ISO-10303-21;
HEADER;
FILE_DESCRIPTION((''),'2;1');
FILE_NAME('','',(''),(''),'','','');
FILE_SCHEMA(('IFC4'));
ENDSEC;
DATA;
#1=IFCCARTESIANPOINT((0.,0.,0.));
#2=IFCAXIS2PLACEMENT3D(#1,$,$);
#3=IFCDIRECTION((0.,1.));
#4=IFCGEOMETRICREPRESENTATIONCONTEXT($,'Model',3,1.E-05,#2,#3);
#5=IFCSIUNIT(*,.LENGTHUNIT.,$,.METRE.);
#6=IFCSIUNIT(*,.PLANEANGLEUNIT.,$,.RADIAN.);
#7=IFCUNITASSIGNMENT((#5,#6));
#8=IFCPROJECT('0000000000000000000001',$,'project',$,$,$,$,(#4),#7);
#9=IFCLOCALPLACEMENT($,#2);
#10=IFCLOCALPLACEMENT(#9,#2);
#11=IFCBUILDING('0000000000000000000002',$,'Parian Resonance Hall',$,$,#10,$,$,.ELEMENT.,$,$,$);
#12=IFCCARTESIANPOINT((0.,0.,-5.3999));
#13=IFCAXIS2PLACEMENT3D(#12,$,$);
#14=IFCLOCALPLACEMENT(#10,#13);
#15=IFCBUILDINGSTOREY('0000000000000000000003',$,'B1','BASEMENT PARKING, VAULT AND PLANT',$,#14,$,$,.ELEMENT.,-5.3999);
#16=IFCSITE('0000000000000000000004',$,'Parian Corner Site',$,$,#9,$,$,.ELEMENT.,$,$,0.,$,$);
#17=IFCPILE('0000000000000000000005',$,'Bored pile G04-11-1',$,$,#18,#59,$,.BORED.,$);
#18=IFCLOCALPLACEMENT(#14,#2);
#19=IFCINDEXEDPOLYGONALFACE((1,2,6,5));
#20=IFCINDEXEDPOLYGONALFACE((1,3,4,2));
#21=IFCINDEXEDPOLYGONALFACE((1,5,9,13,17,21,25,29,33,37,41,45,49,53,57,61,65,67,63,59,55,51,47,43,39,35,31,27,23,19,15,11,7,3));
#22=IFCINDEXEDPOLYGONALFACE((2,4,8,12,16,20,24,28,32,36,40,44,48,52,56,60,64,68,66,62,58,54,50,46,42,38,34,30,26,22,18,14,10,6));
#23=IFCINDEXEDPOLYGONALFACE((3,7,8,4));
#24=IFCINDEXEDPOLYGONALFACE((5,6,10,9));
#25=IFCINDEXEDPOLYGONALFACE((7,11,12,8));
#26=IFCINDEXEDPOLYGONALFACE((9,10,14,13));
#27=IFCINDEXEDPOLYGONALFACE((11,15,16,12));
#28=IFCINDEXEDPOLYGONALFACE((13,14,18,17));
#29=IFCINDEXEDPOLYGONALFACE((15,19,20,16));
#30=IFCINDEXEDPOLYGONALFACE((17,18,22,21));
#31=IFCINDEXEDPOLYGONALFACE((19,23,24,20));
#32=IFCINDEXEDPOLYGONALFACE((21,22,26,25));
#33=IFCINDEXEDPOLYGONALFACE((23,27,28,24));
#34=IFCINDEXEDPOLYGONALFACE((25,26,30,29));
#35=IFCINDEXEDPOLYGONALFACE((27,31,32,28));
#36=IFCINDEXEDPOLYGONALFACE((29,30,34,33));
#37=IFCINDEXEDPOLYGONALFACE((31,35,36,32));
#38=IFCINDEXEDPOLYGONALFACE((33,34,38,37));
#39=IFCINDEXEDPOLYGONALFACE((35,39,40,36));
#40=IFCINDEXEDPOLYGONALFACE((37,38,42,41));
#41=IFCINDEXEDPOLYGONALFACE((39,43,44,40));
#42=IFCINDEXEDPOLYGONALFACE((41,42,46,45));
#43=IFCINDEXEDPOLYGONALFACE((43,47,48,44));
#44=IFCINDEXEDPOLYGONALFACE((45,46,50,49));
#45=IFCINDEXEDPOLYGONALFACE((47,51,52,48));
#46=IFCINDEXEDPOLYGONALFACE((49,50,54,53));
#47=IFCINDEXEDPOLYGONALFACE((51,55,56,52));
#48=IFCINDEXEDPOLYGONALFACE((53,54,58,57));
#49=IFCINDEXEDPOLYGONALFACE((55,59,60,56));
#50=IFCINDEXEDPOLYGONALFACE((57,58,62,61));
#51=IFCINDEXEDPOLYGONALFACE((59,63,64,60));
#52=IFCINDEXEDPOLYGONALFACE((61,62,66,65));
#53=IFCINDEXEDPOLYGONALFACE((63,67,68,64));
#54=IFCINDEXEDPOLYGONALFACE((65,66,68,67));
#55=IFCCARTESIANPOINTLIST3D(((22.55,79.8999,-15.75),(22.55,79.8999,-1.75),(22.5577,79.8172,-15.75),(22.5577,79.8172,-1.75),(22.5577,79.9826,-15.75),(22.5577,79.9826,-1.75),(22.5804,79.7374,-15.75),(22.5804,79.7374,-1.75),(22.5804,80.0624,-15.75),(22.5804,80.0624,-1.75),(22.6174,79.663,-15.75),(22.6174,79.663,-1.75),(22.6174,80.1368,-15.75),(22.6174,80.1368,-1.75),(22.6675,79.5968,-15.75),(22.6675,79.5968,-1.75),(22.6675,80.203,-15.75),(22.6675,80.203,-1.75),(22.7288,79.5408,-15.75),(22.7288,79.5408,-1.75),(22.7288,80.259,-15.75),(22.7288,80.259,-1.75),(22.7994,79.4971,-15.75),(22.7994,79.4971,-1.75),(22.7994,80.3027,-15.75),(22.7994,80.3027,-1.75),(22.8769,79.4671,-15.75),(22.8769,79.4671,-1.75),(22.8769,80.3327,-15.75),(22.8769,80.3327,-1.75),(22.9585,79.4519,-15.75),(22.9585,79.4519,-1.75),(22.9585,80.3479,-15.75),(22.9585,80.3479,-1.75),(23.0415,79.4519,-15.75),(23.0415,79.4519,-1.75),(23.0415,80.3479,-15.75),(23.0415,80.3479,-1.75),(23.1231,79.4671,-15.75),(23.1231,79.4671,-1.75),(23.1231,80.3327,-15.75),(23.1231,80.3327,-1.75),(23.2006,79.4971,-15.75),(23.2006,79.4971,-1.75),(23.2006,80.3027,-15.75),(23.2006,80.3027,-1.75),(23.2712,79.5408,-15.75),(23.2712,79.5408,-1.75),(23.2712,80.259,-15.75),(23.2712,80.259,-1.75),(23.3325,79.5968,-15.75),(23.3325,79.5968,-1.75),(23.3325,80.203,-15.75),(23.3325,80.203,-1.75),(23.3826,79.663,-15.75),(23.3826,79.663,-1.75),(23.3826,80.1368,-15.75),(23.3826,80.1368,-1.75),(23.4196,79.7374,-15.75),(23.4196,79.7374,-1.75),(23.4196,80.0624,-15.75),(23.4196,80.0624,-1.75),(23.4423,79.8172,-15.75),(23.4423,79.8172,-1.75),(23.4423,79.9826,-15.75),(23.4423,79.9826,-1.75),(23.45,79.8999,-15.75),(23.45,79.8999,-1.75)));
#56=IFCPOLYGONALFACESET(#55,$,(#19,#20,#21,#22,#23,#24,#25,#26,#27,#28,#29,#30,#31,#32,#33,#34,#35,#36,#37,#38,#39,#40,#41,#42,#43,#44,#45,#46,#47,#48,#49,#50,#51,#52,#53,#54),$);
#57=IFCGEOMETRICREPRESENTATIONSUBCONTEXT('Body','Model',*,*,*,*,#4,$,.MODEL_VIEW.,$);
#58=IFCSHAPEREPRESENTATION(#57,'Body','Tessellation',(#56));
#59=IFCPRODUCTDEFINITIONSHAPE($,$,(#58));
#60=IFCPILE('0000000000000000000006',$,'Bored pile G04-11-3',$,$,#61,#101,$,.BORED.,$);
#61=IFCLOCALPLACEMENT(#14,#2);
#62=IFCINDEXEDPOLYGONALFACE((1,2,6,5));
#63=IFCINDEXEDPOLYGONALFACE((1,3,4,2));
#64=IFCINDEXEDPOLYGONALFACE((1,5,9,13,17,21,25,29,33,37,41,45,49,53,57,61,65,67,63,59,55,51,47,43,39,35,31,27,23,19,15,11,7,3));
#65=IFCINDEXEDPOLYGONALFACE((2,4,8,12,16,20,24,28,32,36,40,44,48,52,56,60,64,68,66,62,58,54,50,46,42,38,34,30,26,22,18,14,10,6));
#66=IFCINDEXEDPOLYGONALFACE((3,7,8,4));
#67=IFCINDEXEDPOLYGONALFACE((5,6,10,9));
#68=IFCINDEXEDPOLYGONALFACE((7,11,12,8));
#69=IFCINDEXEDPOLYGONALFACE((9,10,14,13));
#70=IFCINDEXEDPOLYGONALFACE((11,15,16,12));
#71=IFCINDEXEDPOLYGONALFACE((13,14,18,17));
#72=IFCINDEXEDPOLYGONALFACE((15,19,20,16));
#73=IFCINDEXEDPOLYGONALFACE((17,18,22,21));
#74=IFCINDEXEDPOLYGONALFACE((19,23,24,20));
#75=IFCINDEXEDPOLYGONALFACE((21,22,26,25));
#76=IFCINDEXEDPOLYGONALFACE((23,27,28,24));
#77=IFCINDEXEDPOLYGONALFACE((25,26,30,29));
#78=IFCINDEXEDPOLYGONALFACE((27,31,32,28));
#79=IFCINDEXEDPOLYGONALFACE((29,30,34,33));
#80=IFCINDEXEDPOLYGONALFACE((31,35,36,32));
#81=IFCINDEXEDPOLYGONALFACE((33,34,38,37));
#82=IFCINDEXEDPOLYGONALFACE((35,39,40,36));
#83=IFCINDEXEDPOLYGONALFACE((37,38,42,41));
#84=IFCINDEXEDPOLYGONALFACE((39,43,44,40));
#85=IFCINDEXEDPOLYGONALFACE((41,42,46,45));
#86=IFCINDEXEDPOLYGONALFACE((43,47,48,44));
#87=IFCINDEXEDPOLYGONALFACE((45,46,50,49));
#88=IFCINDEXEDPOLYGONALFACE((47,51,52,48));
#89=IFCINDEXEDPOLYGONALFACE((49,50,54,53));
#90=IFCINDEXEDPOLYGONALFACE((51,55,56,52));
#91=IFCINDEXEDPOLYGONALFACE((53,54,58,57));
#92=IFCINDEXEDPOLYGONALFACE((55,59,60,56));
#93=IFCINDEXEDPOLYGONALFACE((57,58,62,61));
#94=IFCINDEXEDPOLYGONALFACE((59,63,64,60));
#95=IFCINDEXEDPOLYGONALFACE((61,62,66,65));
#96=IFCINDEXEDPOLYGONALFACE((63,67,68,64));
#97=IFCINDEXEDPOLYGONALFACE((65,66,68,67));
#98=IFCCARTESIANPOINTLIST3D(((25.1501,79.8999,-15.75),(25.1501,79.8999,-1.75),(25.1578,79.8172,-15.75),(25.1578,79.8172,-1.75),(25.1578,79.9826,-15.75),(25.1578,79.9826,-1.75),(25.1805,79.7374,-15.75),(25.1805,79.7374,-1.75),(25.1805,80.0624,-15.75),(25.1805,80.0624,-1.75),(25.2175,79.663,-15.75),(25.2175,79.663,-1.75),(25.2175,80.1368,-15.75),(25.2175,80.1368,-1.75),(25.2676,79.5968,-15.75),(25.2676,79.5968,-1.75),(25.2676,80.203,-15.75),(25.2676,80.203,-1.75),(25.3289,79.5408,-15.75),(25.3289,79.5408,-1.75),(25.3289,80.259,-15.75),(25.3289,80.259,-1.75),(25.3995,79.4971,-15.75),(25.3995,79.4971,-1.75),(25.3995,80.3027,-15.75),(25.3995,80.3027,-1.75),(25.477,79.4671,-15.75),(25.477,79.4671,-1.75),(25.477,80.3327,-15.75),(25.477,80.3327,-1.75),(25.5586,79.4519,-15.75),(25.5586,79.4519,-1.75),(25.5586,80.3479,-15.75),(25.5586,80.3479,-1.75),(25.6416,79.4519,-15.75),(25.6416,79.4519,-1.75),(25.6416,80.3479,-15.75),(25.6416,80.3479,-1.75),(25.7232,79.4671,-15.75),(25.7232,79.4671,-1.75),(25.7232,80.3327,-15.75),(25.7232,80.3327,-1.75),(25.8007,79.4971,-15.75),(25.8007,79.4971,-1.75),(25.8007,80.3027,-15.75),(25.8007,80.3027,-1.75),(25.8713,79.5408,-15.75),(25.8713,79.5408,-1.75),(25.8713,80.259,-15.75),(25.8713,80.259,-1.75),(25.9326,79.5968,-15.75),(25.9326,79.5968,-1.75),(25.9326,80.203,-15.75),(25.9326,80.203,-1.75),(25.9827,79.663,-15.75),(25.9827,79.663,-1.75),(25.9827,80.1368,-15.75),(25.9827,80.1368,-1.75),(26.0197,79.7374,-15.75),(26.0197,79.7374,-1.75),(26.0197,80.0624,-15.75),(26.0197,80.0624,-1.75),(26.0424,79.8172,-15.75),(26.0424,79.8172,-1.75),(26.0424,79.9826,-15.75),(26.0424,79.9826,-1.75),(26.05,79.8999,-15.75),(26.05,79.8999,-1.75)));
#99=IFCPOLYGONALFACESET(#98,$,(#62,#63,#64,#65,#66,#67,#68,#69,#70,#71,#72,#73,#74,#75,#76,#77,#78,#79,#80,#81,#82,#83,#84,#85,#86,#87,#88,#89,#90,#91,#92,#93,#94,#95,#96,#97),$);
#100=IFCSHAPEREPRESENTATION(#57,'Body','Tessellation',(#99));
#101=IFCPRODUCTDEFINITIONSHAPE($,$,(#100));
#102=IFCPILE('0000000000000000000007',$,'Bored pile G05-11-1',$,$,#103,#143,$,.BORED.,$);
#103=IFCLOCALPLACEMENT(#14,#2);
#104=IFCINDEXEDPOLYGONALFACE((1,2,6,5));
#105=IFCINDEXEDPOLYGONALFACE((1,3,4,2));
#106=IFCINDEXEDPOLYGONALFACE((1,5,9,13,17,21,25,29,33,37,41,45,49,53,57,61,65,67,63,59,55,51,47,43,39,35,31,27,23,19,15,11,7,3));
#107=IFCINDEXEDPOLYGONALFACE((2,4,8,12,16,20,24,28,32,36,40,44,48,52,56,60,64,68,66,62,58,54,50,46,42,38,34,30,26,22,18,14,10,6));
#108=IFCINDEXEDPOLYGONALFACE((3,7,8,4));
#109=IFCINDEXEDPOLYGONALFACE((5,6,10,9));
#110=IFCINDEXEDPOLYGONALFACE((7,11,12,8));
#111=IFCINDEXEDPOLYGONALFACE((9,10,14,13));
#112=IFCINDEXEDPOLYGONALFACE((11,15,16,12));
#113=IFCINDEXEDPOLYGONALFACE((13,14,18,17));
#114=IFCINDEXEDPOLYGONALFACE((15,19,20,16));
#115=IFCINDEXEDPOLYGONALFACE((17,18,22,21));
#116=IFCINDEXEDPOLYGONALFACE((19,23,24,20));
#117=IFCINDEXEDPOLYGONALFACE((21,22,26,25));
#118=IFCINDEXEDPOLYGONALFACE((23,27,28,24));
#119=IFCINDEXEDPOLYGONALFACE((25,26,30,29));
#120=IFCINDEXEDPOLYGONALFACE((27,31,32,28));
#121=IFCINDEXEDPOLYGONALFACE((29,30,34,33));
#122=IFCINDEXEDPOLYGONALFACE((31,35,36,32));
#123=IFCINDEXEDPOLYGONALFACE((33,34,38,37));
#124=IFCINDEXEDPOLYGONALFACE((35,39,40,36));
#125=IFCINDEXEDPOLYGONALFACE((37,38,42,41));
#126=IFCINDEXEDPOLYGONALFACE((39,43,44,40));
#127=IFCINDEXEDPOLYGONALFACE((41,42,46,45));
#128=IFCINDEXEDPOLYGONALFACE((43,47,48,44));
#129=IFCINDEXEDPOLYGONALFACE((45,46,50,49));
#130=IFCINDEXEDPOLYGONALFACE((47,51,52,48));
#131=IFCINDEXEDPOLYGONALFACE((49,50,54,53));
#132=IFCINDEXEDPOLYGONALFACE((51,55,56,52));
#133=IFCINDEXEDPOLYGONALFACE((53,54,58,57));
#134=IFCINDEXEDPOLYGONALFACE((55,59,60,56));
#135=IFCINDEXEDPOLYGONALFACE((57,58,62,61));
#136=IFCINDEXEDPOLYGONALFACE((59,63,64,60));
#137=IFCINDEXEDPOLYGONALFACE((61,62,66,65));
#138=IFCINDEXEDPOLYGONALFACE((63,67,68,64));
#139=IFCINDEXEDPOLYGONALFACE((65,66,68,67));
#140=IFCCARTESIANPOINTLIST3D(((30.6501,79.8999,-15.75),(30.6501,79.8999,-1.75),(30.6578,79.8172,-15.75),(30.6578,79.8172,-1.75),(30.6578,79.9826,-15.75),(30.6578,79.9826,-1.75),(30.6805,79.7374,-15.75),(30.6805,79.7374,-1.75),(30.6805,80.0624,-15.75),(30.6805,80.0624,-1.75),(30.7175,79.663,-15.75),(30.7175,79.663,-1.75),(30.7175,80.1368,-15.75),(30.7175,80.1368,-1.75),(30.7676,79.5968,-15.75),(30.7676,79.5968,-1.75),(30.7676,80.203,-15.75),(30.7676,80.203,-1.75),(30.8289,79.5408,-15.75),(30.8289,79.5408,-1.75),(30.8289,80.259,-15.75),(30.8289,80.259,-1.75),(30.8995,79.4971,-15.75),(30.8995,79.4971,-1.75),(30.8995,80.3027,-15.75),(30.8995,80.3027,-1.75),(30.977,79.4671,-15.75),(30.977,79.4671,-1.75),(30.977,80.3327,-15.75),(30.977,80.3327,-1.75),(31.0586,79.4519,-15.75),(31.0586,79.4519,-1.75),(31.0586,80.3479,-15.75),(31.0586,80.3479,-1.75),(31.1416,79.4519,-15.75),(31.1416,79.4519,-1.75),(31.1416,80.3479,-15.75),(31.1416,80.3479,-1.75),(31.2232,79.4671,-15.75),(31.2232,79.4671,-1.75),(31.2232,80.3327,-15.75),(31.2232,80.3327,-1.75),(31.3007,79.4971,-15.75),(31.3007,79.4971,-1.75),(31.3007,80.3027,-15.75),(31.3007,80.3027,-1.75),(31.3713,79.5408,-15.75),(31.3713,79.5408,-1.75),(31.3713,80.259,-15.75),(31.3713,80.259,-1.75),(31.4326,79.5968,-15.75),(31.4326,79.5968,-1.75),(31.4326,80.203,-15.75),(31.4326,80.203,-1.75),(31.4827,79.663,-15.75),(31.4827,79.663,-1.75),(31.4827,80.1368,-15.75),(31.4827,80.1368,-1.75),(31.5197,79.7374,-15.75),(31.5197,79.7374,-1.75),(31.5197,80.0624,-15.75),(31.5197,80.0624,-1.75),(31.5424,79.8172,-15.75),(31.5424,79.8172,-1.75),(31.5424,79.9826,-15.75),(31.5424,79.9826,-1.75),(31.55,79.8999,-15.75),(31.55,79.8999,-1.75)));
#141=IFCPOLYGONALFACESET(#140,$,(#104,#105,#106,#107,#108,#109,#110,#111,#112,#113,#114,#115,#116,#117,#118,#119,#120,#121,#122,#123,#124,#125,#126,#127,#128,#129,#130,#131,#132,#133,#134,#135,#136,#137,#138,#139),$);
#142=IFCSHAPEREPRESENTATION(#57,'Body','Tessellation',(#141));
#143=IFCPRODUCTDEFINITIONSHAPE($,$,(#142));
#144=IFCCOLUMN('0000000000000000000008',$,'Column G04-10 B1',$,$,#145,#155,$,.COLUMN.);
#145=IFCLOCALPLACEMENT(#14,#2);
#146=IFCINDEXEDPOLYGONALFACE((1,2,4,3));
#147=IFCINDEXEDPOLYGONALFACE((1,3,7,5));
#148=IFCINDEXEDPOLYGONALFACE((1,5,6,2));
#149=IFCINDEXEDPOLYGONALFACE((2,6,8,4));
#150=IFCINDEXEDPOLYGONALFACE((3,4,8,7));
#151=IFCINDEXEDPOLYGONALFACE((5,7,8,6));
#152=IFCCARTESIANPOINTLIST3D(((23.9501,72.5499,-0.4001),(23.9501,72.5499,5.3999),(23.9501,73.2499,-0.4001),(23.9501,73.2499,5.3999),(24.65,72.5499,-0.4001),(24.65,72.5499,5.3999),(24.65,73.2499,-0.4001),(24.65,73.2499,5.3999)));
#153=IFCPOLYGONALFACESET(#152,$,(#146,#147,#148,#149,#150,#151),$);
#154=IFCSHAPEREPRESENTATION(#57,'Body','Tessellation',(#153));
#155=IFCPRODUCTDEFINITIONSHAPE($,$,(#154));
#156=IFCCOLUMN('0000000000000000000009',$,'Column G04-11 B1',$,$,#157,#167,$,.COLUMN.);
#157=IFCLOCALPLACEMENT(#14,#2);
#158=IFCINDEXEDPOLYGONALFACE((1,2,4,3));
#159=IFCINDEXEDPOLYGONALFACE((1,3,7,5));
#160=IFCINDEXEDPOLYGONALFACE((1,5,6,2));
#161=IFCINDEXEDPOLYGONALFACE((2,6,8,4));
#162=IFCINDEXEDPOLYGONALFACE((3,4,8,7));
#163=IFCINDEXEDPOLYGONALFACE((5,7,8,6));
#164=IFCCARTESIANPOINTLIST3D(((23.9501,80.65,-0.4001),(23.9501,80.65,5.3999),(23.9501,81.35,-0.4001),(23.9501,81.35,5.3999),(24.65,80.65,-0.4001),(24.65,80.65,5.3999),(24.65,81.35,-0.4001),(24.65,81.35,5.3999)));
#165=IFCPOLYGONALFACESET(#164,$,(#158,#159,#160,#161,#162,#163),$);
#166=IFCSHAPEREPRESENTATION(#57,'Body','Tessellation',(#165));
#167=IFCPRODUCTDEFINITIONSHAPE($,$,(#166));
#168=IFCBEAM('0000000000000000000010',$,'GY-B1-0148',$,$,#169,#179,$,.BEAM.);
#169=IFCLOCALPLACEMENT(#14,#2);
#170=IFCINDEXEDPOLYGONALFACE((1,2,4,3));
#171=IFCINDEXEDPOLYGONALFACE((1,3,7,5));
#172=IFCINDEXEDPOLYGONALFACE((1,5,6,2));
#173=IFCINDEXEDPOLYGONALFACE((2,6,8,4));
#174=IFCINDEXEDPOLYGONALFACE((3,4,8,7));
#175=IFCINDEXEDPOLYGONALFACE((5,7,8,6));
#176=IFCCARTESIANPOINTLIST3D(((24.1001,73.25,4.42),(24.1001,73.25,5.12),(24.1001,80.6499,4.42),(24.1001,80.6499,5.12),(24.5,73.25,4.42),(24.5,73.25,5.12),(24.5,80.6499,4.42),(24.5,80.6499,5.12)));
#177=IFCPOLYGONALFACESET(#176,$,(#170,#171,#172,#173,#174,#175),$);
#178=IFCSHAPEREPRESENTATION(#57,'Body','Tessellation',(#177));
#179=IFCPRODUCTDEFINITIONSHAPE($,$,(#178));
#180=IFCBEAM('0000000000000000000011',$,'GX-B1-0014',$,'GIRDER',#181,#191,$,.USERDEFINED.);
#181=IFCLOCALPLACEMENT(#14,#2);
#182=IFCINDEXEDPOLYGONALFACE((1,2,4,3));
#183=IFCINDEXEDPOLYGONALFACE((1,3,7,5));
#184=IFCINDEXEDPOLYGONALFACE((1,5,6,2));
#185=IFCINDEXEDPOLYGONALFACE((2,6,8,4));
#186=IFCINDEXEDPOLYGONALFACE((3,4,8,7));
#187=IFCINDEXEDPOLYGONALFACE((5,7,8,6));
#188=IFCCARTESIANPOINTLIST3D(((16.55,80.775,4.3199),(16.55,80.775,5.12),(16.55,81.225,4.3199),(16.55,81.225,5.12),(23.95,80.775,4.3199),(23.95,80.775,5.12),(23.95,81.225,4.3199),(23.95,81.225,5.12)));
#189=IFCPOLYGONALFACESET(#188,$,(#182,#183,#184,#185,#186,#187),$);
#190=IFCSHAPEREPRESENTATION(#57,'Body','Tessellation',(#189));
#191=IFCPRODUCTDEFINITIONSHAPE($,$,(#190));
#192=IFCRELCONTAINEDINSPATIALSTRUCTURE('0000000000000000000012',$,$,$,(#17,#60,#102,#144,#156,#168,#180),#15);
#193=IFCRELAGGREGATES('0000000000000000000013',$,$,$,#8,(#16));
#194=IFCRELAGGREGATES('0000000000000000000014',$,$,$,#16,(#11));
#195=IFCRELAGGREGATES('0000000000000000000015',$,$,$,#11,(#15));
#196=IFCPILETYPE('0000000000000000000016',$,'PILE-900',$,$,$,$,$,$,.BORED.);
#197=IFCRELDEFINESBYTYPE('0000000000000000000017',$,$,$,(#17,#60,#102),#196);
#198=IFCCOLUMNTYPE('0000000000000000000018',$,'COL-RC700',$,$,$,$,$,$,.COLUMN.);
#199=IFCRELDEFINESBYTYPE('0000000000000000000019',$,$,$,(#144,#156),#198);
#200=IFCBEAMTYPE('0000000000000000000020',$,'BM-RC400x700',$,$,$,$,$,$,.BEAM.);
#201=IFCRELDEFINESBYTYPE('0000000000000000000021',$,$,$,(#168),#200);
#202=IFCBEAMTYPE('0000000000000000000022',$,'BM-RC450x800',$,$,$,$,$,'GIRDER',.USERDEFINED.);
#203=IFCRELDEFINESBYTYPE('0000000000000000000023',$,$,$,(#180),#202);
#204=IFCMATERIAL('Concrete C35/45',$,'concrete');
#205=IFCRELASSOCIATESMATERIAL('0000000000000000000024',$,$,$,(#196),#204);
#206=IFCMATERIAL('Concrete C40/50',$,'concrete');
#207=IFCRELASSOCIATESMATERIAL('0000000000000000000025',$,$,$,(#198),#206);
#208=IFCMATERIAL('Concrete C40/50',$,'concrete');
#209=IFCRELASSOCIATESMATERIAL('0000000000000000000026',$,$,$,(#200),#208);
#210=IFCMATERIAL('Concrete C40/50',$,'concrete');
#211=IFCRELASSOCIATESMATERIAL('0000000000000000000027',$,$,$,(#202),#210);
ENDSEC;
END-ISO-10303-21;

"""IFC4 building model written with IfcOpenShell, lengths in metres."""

from ifc_helpers import new_model, si_unit, direction, frame, origin, origin_2d, place, context, subcontext, project, spatial, rectangle, circle, extrude, material, material_profile, profile_set, type_object, element, save


model = new_model("IFC4")

# Units and contexts
model_context = context("Model", 3, precision=1e-05, world=origin(), true_north=direction((0.0, 1.0)))
body_context = subcontext(model_context, "Body", "Model", "MODEL_VIEW")
ifc_project = project(units=[si_unit("LENGTHUNIT", "METRE"), si_unit("PLANEANGLEUNIT", "RADIAN")], contexts=[model_context])

# Site, building, storey
site_placement = place(None, origin())
site = spatial("IfcSite", under=ifc_project, at=site_placement, Name="Parian Corner Site", CompositionType="ELEMENT", RefElevation=0.0)
building_placement = place(site_placement, origin())
building = spatial("IfcBuilding", under=site, at=building_placement, Name="Parian Resonance Hall", CompositionType="ELEMENT")
storey_placement = place(building_placement, frame((0.0, 0.0, -5.3999)))
storey = spatial("IfcBuildingStorey", under=building, at=storey_placement, Name="B1", Description="BASEMENT PARKING, VAULT AND PLANT", CompositionType="ELEMENT", Elevation=-5.3999)

# Piles
ifc_material_1 = material(Name="Concrete C35/45", Category="concrete")
ifc_material_profile_1 = material_profile(ifc_material_1, circle(Radius=0.45, at=origin_2d()), Name="PILE-D900")
ifc_profile_set_1 = profile_set([ifc_material_profile_1], Name="Concrete C35/45")
pile_type_1 = type_object("IfcPileType", Name="PILE-900", PredefinedType="BORED", material=ifc_profile_set_1)
for number, where, z_axis, x_axis, name in (
    (1, (23.0, 79.8999, -1.75), (0.0, 0.0, -1.0), (1.0, 0.0, 0.0), "Bored pile G04-11-1"),
    (2, (25.6001, 79.8999, -1.75), (0.0, 0.0, -1.0), (1.0, 0.0, 0.0), "Bored pile G04-11-3"),
    (3, (31.1001, 79.8999, -1.75), (0.0, 0.0, -1.0), (1.0, 0.0, 0.0), "Bored pile G05-11-1"),
):
    element("IfcPile", number, at=place(storey_placement, frame(where, z_axis=z_axis, x_axis=x_axis)), inside=storey, type_object=pile_type_1, Name=name, PredefinedType="BORED", context=body_context, shape_type="SweptSolid", body=[
        extrude(circle(Radius=0.45, at=origin_2d()), origin(), (0.0, 0.0, 1.0), 14.0),
    ])

# Columns
ifc_material_2 = material(Name="Concrete C40/50", Category="concrete")
ifc_material_profile_2 = material_profile(ifc_material_2, rectangle(XDim=0.7, YDim=0.7, at=origin_2d()), Name="RC-COL-700x700")
ifc_profile_set_2 = profile_set([ifc_material_profile_2], Name="Concrete C40/50")
column_type = type_object("IfcColumnType", Name="COL-RC700", PredefinedType="COLUMN", material=ifc_profile_set_2)
for number, where, z_axis, x_axis, name in (
    (4, (24.3, 72.8999, -0.4001), (0.0, 0.0, 1.0), (1.0, 0.0, 0.0), "Column G04-10 B1"),
    (5, (24.3, 81.0, -0.4001), (0.0, 0.0, 1.0), (1.0, 0.0, 0.0), "Column G04-11 B1"),
):
    element("IfcColumn", number, at=place(storey_placement, frame(where, z_axis=z_axis, x_axis=x_axis)), inside=storey, type_object=column_type, Name=name, PredefinedType="COLUMN", context=body_context, shape_type="SweptSolid", body=[
        extrude(rectangle(XDim=0.7, YDim=0.7, at=origin_2d()), origin(), (0.0, 0.0, 1.0), 5.8),
    ])

# Beams
ifc_material_3 = material(Name="Concrete C40/50", Category="concrete")
ifc_material_profile_3 = material_profile(ifc_material_3, rectangle(XDim=0.3999, YDim=0.7, at=origin_2d()), Name="RC-BM-400x700")
ifc_profile_set_3 = profile_set([ifc_material_profile_3], Name="Concrete C40/50")
beam_type_1 = type_object("IfcBeamType", Name="BM-RC400x700", PredefinedType="BEAM", material=ifc_profile_set_3)
beam_1_placement = place(storey_placement, frame((24.3, 73.25, 4.77), z_axis=(0.0, 1.0, 0.0), x_axis=(-1.0, 0.0, 0.0)))
element("IfcBeam", 6, at=beam_1_placement, inside=storey, type_object=beam_type_1, Name="GY-B1-0148", PredefinedType="BEAM", context=body_context, shape_type="SweptSolid", body=[
    extrude(rectangle(XDim=0.3999, YDim=0.7, at=origin_2d()), origin(), (0.0, 0.0, 1.0), 7.3999),
])
ifc_material_4 = material(Name="Concrete C40/50", Category="concrete")
ifc_material_profile_4 = material_profile(ifc_material_4, rectangle(XDim=0.45, YDim=0.8, at=origin_2d()), Name="RC-BM-450x800")
ifc_profile_set_4 = profile_set([ifc_material_profile_4], Name="Concrete C40/50")
beam_type_2 = type_object("IfcBeamType", Name="BM-RC450x800", ElementType="GIRDER", PredefinedType="USERDEFINED", material=ifc_profile_set_4)
beam_2_placement = place(storey_placement, frame((16.55, 81.0, 4.72), z_axis=(1.0, 0.0, 0.0), x_axis=(0.0, 1.0, 0.0)))
element("IfcBeam", 7, at=beam_2_placement, inside=storey, type_object=beam_type_2, Name="GX-B1-0014", ObjectType="GIRDER", PredefinedType="USERDEFINED", context=body_context, shape_type="SweptSolid", body=[
    extrude(rectangle(XDim=0.45, YDim=0.8, at=origin_2d()), origin(), (0.0, 0.0, 1.0), 7.3999),
])

save(model, "model.ifc")
